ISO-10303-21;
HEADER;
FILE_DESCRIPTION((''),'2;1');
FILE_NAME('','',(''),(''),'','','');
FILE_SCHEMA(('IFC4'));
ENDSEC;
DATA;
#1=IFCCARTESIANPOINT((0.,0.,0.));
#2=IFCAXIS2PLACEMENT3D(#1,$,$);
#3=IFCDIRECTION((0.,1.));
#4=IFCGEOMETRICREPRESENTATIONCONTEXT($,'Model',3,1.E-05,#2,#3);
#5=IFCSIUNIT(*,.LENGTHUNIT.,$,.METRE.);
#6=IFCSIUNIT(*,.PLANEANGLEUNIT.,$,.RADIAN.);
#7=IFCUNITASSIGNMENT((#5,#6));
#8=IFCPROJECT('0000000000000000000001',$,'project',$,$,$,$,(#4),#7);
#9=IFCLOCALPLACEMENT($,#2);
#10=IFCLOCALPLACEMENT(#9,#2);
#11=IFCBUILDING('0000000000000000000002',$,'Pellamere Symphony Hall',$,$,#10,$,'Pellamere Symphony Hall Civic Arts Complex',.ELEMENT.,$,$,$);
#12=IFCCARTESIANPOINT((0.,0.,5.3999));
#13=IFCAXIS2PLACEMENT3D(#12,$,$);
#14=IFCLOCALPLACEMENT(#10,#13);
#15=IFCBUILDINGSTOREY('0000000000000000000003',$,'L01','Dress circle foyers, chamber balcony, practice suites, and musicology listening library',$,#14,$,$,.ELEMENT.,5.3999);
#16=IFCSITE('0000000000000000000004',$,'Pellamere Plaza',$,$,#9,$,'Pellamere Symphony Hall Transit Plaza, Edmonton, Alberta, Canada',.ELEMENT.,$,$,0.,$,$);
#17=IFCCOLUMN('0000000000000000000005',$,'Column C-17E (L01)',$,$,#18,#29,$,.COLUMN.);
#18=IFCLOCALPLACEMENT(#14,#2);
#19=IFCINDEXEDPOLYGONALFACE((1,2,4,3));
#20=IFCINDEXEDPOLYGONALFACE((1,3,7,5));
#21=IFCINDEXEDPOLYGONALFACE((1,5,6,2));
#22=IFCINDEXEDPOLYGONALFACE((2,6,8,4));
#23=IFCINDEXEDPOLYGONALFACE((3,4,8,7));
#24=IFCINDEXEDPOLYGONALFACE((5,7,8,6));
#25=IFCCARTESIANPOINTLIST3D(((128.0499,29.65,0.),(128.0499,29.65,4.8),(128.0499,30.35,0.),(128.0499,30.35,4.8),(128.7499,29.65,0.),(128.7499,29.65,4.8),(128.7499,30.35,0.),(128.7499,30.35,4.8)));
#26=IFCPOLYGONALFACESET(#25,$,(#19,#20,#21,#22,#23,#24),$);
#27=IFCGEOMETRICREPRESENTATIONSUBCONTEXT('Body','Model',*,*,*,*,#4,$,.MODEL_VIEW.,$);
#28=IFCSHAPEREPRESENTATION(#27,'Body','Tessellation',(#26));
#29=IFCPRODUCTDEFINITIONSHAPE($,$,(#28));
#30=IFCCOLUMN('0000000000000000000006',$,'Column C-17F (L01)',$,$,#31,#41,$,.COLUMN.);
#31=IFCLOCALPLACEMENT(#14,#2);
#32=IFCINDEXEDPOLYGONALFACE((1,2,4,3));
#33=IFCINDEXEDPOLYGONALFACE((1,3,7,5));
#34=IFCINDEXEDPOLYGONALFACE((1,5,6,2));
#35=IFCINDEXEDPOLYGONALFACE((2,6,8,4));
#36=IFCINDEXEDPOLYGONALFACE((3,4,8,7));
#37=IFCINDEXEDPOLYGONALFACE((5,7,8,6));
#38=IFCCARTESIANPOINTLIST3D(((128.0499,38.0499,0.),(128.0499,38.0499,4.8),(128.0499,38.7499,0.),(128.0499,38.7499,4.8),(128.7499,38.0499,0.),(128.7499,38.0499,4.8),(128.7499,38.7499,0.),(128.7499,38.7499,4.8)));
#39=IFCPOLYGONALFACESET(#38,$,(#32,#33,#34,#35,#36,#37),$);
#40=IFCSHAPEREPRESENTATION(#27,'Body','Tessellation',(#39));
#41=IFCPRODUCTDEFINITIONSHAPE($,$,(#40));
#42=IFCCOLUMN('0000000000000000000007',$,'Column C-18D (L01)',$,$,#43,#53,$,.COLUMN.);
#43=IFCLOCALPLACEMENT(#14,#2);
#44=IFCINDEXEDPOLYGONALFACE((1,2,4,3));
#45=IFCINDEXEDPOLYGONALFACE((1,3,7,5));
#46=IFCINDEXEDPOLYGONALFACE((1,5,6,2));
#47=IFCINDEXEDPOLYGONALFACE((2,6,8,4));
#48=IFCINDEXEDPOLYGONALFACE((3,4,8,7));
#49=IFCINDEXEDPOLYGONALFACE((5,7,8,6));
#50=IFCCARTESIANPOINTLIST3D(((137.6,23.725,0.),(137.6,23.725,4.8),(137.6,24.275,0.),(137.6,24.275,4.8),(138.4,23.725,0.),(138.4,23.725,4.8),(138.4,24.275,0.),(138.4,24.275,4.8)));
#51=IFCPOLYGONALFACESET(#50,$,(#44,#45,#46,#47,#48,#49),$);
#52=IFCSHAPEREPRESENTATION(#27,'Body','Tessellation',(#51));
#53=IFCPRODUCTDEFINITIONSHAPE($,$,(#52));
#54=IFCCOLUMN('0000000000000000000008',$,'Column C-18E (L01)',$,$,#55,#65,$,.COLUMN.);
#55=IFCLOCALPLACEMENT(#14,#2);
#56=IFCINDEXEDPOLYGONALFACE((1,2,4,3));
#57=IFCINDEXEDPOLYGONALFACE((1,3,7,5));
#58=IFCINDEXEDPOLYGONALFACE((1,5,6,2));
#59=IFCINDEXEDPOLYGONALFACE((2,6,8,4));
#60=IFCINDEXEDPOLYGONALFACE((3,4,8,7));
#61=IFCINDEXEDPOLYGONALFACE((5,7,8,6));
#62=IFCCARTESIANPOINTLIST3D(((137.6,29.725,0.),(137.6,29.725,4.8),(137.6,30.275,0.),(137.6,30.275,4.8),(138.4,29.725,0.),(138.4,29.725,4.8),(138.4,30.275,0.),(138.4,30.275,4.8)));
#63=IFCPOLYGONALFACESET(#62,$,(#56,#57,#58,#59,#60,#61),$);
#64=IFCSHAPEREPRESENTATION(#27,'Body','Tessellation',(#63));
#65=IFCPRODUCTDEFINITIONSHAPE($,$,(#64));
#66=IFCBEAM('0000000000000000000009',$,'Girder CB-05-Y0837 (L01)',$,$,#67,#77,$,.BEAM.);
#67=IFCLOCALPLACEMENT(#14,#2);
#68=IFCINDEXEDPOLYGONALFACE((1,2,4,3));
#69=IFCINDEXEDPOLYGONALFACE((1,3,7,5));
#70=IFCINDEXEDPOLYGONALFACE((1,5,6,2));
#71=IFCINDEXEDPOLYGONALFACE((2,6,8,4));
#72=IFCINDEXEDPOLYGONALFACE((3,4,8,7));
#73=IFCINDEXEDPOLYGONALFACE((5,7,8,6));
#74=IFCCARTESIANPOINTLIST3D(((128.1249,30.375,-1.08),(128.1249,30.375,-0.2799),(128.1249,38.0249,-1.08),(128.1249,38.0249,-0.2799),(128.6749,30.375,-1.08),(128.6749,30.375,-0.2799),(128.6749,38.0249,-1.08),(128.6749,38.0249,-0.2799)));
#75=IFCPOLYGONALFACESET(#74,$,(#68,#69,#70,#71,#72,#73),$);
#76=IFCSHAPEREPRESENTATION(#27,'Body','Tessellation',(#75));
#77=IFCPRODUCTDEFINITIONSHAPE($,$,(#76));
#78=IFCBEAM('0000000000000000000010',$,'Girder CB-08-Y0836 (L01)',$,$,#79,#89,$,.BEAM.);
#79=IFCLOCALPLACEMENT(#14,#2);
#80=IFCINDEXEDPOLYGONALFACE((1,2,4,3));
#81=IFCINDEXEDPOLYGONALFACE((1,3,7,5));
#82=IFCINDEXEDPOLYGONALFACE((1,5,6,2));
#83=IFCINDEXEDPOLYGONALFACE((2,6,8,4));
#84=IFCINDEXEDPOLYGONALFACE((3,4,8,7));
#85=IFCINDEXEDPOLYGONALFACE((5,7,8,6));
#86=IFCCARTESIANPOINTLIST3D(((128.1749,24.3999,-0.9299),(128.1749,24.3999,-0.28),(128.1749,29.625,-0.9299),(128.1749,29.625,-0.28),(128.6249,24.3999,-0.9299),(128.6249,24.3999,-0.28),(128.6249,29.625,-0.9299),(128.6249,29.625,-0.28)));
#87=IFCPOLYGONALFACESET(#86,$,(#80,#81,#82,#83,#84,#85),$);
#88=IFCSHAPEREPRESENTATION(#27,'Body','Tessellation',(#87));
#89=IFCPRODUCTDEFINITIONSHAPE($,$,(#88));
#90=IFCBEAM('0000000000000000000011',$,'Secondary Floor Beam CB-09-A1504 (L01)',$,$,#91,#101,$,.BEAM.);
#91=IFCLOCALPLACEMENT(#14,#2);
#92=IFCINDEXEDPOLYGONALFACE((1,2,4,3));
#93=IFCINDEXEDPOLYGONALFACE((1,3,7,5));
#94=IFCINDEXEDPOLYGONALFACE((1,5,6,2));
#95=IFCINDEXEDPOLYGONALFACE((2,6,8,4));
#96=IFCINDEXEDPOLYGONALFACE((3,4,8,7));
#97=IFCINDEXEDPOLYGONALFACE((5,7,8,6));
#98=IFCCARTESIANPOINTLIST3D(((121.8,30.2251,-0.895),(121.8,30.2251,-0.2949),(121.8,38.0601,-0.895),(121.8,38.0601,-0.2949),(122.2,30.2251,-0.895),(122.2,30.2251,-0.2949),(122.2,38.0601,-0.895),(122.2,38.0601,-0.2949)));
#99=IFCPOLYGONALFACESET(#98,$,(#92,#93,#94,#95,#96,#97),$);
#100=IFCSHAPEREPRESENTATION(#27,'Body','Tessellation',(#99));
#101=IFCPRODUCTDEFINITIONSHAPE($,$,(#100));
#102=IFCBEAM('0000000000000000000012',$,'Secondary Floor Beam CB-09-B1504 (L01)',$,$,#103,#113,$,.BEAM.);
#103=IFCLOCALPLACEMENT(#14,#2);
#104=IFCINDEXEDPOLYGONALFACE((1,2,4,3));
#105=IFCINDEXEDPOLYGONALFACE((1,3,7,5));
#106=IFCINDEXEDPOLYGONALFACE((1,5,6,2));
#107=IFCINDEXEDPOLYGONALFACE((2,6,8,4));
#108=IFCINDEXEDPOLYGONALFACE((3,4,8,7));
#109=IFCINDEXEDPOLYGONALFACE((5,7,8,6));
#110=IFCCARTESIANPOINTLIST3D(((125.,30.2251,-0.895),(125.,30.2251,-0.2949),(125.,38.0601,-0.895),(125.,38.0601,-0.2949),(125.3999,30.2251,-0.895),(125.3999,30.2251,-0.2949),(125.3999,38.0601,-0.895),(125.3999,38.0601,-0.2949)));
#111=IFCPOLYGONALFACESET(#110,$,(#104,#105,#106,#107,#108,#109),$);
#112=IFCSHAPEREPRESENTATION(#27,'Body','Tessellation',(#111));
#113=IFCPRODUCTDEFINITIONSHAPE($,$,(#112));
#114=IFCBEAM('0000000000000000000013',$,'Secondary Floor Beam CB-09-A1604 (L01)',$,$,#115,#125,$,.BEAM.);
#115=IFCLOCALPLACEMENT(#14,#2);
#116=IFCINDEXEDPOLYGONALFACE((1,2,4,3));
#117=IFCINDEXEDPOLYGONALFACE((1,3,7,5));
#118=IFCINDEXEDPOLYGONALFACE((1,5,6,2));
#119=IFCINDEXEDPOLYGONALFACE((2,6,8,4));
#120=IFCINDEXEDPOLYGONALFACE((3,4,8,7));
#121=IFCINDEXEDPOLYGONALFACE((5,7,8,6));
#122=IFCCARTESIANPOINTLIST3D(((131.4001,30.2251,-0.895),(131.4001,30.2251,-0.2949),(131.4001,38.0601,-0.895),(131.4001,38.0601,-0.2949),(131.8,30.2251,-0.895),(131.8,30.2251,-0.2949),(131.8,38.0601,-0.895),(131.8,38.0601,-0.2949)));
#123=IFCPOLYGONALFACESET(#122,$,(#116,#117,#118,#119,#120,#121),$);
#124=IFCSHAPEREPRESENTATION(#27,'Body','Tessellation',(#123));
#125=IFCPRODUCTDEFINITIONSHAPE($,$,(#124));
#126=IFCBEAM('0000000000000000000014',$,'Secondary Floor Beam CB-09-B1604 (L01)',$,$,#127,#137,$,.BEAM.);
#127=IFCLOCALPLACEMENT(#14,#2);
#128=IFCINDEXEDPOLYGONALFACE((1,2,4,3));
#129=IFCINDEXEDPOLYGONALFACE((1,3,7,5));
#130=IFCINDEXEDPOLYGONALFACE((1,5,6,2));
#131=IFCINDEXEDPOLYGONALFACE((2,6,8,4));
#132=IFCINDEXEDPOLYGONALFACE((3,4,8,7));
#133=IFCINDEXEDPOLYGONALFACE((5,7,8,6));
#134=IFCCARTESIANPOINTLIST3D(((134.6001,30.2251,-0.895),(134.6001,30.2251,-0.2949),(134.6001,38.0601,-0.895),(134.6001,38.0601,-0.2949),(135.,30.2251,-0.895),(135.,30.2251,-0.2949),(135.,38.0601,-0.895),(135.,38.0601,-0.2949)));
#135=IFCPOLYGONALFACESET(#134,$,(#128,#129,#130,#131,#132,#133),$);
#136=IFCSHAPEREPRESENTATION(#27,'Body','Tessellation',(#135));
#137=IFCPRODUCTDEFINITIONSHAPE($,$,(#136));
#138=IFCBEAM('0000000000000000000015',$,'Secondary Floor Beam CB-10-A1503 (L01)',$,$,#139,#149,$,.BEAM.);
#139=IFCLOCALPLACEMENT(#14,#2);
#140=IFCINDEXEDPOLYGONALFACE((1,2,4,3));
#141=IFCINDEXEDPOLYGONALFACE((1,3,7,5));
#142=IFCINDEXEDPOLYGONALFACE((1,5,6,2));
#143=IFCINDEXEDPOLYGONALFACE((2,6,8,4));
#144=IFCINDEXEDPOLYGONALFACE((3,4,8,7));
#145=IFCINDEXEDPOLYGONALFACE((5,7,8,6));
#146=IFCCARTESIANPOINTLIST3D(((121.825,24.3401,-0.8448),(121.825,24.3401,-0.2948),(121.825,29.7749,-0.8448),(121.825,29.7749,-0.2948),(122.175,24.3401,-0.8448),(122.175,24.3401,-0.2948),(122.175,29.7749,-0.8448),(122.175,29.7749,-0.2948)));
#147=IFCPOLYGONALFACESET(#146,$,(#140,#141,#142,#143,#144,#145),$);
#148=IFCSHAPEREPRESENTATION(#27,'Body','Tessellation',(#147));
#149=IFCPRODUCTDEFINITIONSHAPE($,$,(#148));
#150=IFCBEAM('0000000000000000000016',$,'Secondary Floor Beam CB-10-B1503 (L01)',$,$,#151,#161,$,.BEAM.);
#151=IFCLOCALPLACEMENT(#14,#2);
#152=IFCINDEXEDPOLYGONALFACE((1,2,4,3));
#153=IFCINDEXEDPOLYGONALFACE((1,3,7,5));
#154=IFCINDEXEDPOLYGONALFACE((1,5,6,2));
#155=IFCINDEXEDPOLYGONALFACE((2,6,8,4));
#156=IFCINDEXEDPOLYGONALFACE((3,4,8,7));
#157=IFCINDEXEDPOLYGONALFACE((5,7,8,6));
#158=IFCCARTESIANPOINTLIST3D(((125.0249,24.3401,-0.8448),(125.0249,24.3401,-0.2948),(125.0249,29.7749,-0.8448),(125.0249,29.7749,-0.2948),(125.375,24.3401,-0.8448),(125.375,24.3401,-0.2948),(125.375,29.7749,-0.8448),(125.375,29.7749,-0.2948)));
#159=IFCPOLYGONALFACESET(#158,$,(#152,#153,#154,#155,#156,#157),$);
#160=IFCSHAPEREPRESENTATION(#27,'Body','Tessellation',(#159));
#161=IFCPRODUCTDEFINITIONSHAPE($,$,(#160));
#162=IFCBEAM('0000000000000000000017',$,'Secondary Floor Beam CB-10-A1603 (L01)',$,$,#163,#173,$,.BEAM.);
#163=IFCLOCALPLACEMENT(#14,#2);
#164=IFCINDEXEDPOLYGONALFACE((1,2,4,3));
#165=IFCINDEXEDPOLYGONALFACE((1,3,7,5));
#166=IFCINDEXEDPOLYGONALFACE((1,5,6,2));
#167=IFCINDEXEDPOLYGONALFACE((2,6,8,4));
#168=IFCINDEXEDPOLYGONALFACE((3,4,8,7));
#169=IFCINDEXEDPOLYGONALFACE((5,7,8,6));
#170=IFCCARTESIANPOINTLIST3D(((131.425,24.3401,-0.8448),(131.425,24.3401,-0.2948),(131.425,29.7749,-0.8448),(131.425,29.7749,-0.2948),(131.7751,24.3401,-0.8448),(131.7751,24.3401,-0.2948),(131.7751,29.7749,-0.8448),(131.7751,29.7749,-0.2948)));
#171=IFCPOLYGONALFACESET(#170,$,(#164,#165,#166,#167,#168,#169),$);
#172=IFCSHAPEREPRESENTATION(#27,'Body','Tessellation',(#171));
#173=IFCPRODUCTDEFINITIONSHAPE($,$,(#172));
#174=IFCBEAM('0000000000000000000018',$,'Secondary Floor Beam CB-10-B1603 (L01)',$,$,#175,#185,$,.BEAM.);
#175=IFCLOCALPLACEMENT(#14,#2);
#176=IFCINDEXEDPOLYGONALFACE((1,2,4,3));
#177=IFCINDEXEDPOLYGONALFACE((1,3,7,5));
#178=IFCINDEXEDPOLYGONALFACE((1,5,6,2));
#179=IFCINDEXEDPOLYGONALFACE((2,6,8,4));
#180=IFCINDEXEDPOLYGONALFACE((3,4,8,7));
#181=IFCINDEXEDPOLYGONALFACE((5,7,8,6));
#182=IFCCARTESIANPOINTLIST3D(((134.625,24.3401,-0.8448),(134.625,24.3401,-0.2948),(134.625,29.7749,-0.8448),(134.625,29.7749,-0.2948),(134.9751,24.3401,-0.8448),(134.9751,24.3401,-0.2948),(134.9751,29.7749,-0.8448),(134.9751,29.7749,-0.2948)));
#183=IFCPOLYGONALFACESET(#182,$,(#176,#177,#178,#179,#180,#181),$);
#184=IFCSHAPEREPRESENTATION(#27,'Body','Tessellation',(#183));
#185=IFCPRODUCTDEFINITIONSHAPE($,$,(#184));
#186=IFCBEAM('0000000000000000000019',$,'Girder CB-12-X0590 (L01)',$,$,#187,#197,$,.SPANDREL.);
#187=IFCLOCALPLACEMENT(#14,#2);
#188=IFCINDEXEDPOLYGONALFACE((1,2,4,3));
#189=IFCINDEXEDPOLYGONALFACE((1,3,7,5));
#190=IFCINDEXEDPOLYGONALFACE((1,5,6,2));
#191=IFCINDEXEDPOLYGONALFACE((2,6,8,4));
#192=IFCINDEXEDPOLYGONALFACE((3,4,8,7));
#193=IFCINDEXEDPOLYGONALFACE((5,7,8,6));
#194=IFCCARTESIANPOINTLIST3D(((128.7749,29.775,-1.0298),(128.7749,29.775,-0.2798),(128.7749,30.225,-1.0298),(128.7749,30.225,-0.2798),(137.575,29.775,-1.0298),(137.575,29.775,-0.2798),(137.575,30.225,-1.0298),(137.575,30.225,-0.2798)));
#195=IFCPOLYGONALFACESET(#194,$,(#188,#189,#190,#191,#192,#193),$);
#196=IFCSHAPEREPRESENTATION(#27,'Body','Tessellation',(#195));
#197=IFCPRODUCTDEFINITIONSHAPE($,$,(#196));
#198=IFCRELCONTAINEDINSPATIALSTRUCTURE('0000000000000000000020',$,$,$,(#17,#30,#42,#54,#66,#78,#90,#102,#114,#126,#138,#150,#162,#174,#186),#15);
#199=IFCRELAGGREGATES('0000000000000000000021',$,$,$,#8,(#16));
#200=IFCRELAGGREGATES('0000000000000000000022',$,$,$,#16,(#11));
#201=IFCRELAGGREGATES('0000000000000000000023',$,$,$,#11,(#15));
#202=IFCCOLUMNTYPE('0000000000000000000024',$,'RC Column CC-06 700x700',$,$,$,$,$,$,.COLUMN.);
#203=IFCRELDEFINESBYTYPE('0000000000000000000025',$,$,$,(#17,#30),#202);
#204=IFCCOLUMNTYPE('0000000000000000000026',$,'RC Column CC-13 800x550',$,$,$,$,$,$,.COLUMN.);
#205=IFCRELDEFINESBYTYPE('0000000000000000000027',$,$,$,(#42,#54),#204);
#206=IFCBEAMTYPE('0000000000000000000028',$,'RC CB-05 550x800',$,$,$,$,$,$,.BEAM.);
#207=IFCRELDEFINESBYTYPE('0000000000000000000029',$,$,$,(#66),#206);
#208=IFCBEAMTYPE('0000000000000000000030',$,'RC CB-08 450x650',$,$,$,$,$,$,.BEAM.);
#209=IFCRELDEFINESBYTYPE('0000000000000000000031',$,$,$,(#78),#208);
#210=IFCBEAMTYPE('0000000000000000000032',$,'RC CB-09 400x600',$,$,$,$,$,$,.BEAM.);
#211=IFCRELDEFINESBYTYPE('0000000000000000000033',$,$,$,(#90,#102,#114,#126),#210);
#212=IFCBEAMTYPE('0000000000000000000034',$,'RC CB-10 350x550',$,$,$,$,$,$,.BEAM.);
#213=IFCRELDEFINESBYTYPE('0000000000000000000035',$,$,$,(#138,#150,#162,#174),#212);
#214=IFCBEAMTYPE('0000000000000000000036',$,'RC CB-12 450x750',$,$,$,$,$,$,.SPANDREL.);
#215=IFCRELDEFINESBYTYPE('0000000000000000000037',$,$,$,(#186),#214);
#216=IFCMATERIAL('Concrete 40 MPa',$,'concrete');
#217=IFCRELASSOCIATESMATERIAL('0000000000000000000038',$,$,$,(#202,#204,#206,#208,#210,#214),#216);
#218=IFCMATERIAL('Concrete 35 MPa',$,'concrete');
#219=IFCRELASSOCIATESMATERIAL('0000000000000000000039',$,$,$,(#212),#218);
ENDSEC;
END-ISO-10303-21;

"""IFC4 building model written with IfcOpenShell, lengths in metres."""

from ifc_helpers import new_model, si_unit, direction, frame, origin, origin_2d, place, context, subcontext, project, spatial, rectangle, extrude, material, material_profile, profile_set, type_object, element, save


model = new_model("IFC4")

# Units and contexts
model_context = context("Model", 3, precision=1e-05, world=origin(), true_north=direction((0.0, 1.0)))
body_context = subcontext(model_context, "Body", "Model", "MODEL_VIEW")
ifc_project = project(units=[si_unit("LENGTHUNIT", "METRE"), si_unit("PLANEANGLEUNIT", "RADIAN")], contexts=[model_context])

# Site, building, storey
site_placement = place(None, origin())
site = spatial("IfcSite", under=ifc_project, at=site_placement, Name="Pellamere Plaza", LongName="Pellamere Symphony Hall Transit Plaza, Edmonton, Alberta, Canada", CompositionType="ELEMENT", RefElevation=0.0)
building_placement = place(site_placement, origin())
building = spatial("IfcBuilding", under=site, at=building_placement, Name="Pellamere Symphony Hall", LongName="Pellamere Symphony Hall Civic Arts Complex", CompositionType="ELEMENT")
storey_placement = place(building_placement, frame((0.0, 0.0, 5.3999)))
storey = spatial("IfcBuildingStorey", under=building, at=storey_placement, Name="L01", Description="Dress circle foyers, chamber balcony, practice suites, and musicology listening library", CompositionType="ELEMENT", Elevation=5.3999)

# Columns
ifc_material_1 = material(Name="Concrete 40 MPa", Category="concrete")
ifc_material_profile_1 = material_profile(ifc_material_1, rectangle(XDim=0.7, YDim=0.7, at=origin_2d()), Name="RC 700x700")
ifc_profile_set_1 = profile_set([ifc_material_profile_1], Name="Concrete 40 MPa")
column_type_1 = type_object("IfcColumnType", Name="RC Column CC-06 700x700", PredefinedType="COLUMN", material=ifc_profile_set_1)
for number, where, z_axis, x_axis, name in (
    (1, (128.3999, 30.0, 0.0), (0.0, 0.0, 1.0), (1.0, 0.0, 0.0), "Column C-17E (L01)"),
    (2, (128.3999, 38.3999, 0.0), (0.0, 0.0, 1.0), (1.0, 0.0, 0.0), "Column C-17F (L01)"),
):
    element("IfcColumn", number, at=place(storey_placement, frame(where, z_axis=z_axis, x_axis=x_axis)), inside=storey, type_object=column_type_1, Name=name, PredefinedType="COLUMN", context=body_context, shape_type="SweptSolid", body=[
        extrude(rectangle(XDim=0.7, YDim=0.7, at=origin_2d()), origin(), (0.0, 0.0, 1.0), 4.8),
    ])
ifc_material_profile_2 = material_profile(ifc_material_1, rectangle(XDim=0.8, YDim=0.55, at=origin_2d()), Name="RC 800x550")
ifc_profile_set_2 = profile_set([ifc_material_profile_2], Name="Concrete 40 MPa")
column_type_2 = type_object("IfcColumnType", Name="RC Column CC-13 800x550", PredefinedType="COLUMN", material=ifc_profile_set_2)
for number, where, z_axis, x_axis, name in (
    (3, (138.0, 24.0, 0.0), (0.0, 0.0, 1.0), (1.0, 0.0, 0.0), "Column C-18D (L01)"),
    (4, (138.0, 30.0, 0.0), (0.0, 0.0, 1.0), (1.0, 0.0, 0.0), "Column C-18E (L01)"),
):
    element("IfcColumn", number, at=place(storey_placement, frame(where, z_axis=z_axis, x_axis=x_axis)), inside=storey, type_object=column_type_2, Name=name, PredefinedType="COLUMN", context=body_context, shape_type="SweptSolid", body=[
        extrude(rectangle(XDim=0.8, YDim=0.55, at=origin_2d()), origin(), (0.0, 0.0, 1.0), 4.8),
    ])

# Beams
ifc_material_profile_3 = material_profile(ifc_material_1, rectangle(XDim=0.55, YDim=0.8, at=origin_2d()), Name="RC 550x800")
ifc_profile_set_3 = profile_set([ifc_material_profile_3], Name="Concrete 40 MPa")
beam_type_1 = type_object("IfcBeamType", Name="RC CB-05 550x800", PredefinedType="BEAM", material=ifc_profile_set_3)
beam_1_placement = place(storey_placement, frame((128.3999, 30.375, -0.6799), z_axis=(0.0, 1.0, 0.0), x_axis=(-1.0, 0.0, 0.0)))
element("IfcBeam", 5, at=beam_1_placement, inside=storey, type_object=beam_type_1, Name="Girder CB-05-Y0837 (L01)", PredefinedType="BEAM", context=body_context, shape_type="SweptSolid", body=[
    extrude(rectangle(XDim=0.55, YDim=0.8, at=origin_2d()), origin(), (0.0, 0.0, 1.0), 7.6499),
])
ifc_material_profile_4 = material_profile(ifc_material_1, rectangle(XDim=0.45, YDim=0.6499, at=origin_2d()), Name="RC 450x650")
ifc_profile_set_4 = profile_set([ifc_material_profile_4], Name="Concrete 40 MPa")
beam_type_2 = type_object("IfcBeamType", Name="RC CB-08 450x650", PredefinedType="BEAM", material=ifc_profile_set_4)
beam_2_placement = place(storey_placement, frame((128.3999, 24.3999, -0.605), z_axis=(0.0, 1.0, 0.0), x_axis=(-1.0, 0.0, 0.0)))
element("IfcBeam", 6, at=beam_2_placement, inside=storey, type_object=beam_type_2, Name="Girder CB-08-Y0836 (L01)", PredefinedType="BEAM", context=body_context, shape_type="SweptSolid", body=[
    extrude(rectangle(XDim=0.45, YDim=0.6499, at=origin_2d()), origin(), (0.0, 0.0, 1.0), 5.2251),
])
ifc_material_profile_5 = material_profile(ifc_material_1, rectangle(XDim=0.3999, YDim=0.6001, at=origin_2d()), Name="RC 400x600")
ifc_profile_set_5 = profile_set([ifc_material_profile_5], Name="Concrete 40 MPa")
beam_type_3 = type_object("IfcBeamType", Name="RC CB-09 400x600", PredefinedType="BEAM", material=ifc_profile_set_5)
for number, where, z_axis, x_axis, name in (
    (7, (122.0, 30.2251, -0.595), (0.0, 1.0, 0.0), (-1.0, 0.0, 0.0), "Secondary Floor Beam CB-09-A1504 (L01)"),
    (8, (125.2, 30.2251, -0.595), (0.0, 1.0, 0.0), (-1.0, 0.0, 0.0), "Secondary Floor Beam CB-09-B1504 (L01)"),
    (9, (131.6001, 30.2251, -0.595), (0.0, 1.0, 0.0), (-1.0, 0.0, 0.0), "Secondary Floor Beam CB-09-A1604 (L01)"),
    (10, (134.8, 30.2251, -0.595), (0.0, 1.0, 0.0), (-1.0, 0.0, 0.0), "Secondary Floor Beam CB-09-B1604 (L01)"),
):
    element("IfcBeam", number, at=place(storey_placement, frame(where, z_axis=z_axis, x_axis=x_axis)), inside=storey, type_object=beam_type_3, Name=name, PredefinedType="BEAM", context=body_context, shape_type="SweptSolid", body=[
        extrude(rectangle(XDim=0.3999, YDim=0.6001, at=origin_2d()), origin(), (0.0, 0.0, 1.0), 7.835),
    ])
ifc_material_2 = material(Name="Concrete 35 MPa", Category="concrete")
ifc_material_profile_6 = material_profile(ifc_material_2, rectangle(XDim=0.3501, YDim=0.55, at=origin_2d()), Name="RC 350x550")
ifc_profile_set_6 = profile_set([ifc_material_profile_6], Name="Concrete 35 MPa")
beam_type_4 = type_object("IfcBeamType", Name="RC CB-10 350x550", PredefinedType="BEAM", material=ifc_profile_set_6)
for number, where, z_axis, x_axis, name in (
    (11, (122.0, 24.3401, -0.5698), (0.0, 1.0, 0.0), (-1.0, 0.0, 0.0), "Secondary Floor Beam CB-10-A1503 (L01)"),
    (12, (125.2, 24.3401, -0.5698), (0.0, 1.0, 0.0), (-1.0, 0.0, 0.0), "Secondary Floor Beam CB-10-B1503 (L01)"),
    (13, (131.6001, 24.3401, -0.5698), (0.0, 1.0, 0.0), (-1.0, 0.0, 0.0), "Secondary Floor Beam CB-10-A1603 (L01)"),
    (14, (134.8, 24.3401, -0.5698), (0.0, 1.0, 0.0), (-1.0, 0.0, 0.0), "Secondary Floor Beam CB-10-B1603 (L01)"),
):
    element("IfcBeam", number, at=place(storey_placement, frame(where, z_axis=z_axis, x_axis=x_axis)), inside=storey, type_object=beam_type_4, Name=name, PredefinedType="BEAM", context=body_context, shape_type="SweptSolid", body=[
        extrude(rectangle(XDim=0.3501, YDim=0.55, at=origin_2d()), origin(), (0.0, 0.0, 1.0), 5.4348),
    ])
ifc_material_profile_7 = material_profile(ifc_material_1, rectangle(XDim=0.45, YDim=0.75, at=origin_2d()), Name="RC 450x750")
ifc_profile_set_7 = profile_set([ifc_material_profile_7], Name="Concrete 40 MPa")
beam_type_5 = type_object("IfcBeamType", Name="RC CB-12 450x750", PredefinedType="SPANDREL", material=ifc_profile_set_7)
beam_3_placement = place(storey_placement, frame((128.7749, 30.0, -0.6548), z_axis=(1.0, 0.0, 0.0), x_axis=(0.0, 1.0, 0.0)))
element("IfcBeam", 15, at=beam_3_placement, inside=storey, type_object=beam_type_5, Name="Girder CB-12-X0590 (L01)", PredefinedType="SPANDREL", context=body_context, shape_type="SweptSolid", body=[
    extrude(rectangle(XDim=0.45, YDim=0.75, at=origin_2d()), origin(), (0.0, 0.0, 1.0), 8.8),
])

save(model, "model.ifc")
